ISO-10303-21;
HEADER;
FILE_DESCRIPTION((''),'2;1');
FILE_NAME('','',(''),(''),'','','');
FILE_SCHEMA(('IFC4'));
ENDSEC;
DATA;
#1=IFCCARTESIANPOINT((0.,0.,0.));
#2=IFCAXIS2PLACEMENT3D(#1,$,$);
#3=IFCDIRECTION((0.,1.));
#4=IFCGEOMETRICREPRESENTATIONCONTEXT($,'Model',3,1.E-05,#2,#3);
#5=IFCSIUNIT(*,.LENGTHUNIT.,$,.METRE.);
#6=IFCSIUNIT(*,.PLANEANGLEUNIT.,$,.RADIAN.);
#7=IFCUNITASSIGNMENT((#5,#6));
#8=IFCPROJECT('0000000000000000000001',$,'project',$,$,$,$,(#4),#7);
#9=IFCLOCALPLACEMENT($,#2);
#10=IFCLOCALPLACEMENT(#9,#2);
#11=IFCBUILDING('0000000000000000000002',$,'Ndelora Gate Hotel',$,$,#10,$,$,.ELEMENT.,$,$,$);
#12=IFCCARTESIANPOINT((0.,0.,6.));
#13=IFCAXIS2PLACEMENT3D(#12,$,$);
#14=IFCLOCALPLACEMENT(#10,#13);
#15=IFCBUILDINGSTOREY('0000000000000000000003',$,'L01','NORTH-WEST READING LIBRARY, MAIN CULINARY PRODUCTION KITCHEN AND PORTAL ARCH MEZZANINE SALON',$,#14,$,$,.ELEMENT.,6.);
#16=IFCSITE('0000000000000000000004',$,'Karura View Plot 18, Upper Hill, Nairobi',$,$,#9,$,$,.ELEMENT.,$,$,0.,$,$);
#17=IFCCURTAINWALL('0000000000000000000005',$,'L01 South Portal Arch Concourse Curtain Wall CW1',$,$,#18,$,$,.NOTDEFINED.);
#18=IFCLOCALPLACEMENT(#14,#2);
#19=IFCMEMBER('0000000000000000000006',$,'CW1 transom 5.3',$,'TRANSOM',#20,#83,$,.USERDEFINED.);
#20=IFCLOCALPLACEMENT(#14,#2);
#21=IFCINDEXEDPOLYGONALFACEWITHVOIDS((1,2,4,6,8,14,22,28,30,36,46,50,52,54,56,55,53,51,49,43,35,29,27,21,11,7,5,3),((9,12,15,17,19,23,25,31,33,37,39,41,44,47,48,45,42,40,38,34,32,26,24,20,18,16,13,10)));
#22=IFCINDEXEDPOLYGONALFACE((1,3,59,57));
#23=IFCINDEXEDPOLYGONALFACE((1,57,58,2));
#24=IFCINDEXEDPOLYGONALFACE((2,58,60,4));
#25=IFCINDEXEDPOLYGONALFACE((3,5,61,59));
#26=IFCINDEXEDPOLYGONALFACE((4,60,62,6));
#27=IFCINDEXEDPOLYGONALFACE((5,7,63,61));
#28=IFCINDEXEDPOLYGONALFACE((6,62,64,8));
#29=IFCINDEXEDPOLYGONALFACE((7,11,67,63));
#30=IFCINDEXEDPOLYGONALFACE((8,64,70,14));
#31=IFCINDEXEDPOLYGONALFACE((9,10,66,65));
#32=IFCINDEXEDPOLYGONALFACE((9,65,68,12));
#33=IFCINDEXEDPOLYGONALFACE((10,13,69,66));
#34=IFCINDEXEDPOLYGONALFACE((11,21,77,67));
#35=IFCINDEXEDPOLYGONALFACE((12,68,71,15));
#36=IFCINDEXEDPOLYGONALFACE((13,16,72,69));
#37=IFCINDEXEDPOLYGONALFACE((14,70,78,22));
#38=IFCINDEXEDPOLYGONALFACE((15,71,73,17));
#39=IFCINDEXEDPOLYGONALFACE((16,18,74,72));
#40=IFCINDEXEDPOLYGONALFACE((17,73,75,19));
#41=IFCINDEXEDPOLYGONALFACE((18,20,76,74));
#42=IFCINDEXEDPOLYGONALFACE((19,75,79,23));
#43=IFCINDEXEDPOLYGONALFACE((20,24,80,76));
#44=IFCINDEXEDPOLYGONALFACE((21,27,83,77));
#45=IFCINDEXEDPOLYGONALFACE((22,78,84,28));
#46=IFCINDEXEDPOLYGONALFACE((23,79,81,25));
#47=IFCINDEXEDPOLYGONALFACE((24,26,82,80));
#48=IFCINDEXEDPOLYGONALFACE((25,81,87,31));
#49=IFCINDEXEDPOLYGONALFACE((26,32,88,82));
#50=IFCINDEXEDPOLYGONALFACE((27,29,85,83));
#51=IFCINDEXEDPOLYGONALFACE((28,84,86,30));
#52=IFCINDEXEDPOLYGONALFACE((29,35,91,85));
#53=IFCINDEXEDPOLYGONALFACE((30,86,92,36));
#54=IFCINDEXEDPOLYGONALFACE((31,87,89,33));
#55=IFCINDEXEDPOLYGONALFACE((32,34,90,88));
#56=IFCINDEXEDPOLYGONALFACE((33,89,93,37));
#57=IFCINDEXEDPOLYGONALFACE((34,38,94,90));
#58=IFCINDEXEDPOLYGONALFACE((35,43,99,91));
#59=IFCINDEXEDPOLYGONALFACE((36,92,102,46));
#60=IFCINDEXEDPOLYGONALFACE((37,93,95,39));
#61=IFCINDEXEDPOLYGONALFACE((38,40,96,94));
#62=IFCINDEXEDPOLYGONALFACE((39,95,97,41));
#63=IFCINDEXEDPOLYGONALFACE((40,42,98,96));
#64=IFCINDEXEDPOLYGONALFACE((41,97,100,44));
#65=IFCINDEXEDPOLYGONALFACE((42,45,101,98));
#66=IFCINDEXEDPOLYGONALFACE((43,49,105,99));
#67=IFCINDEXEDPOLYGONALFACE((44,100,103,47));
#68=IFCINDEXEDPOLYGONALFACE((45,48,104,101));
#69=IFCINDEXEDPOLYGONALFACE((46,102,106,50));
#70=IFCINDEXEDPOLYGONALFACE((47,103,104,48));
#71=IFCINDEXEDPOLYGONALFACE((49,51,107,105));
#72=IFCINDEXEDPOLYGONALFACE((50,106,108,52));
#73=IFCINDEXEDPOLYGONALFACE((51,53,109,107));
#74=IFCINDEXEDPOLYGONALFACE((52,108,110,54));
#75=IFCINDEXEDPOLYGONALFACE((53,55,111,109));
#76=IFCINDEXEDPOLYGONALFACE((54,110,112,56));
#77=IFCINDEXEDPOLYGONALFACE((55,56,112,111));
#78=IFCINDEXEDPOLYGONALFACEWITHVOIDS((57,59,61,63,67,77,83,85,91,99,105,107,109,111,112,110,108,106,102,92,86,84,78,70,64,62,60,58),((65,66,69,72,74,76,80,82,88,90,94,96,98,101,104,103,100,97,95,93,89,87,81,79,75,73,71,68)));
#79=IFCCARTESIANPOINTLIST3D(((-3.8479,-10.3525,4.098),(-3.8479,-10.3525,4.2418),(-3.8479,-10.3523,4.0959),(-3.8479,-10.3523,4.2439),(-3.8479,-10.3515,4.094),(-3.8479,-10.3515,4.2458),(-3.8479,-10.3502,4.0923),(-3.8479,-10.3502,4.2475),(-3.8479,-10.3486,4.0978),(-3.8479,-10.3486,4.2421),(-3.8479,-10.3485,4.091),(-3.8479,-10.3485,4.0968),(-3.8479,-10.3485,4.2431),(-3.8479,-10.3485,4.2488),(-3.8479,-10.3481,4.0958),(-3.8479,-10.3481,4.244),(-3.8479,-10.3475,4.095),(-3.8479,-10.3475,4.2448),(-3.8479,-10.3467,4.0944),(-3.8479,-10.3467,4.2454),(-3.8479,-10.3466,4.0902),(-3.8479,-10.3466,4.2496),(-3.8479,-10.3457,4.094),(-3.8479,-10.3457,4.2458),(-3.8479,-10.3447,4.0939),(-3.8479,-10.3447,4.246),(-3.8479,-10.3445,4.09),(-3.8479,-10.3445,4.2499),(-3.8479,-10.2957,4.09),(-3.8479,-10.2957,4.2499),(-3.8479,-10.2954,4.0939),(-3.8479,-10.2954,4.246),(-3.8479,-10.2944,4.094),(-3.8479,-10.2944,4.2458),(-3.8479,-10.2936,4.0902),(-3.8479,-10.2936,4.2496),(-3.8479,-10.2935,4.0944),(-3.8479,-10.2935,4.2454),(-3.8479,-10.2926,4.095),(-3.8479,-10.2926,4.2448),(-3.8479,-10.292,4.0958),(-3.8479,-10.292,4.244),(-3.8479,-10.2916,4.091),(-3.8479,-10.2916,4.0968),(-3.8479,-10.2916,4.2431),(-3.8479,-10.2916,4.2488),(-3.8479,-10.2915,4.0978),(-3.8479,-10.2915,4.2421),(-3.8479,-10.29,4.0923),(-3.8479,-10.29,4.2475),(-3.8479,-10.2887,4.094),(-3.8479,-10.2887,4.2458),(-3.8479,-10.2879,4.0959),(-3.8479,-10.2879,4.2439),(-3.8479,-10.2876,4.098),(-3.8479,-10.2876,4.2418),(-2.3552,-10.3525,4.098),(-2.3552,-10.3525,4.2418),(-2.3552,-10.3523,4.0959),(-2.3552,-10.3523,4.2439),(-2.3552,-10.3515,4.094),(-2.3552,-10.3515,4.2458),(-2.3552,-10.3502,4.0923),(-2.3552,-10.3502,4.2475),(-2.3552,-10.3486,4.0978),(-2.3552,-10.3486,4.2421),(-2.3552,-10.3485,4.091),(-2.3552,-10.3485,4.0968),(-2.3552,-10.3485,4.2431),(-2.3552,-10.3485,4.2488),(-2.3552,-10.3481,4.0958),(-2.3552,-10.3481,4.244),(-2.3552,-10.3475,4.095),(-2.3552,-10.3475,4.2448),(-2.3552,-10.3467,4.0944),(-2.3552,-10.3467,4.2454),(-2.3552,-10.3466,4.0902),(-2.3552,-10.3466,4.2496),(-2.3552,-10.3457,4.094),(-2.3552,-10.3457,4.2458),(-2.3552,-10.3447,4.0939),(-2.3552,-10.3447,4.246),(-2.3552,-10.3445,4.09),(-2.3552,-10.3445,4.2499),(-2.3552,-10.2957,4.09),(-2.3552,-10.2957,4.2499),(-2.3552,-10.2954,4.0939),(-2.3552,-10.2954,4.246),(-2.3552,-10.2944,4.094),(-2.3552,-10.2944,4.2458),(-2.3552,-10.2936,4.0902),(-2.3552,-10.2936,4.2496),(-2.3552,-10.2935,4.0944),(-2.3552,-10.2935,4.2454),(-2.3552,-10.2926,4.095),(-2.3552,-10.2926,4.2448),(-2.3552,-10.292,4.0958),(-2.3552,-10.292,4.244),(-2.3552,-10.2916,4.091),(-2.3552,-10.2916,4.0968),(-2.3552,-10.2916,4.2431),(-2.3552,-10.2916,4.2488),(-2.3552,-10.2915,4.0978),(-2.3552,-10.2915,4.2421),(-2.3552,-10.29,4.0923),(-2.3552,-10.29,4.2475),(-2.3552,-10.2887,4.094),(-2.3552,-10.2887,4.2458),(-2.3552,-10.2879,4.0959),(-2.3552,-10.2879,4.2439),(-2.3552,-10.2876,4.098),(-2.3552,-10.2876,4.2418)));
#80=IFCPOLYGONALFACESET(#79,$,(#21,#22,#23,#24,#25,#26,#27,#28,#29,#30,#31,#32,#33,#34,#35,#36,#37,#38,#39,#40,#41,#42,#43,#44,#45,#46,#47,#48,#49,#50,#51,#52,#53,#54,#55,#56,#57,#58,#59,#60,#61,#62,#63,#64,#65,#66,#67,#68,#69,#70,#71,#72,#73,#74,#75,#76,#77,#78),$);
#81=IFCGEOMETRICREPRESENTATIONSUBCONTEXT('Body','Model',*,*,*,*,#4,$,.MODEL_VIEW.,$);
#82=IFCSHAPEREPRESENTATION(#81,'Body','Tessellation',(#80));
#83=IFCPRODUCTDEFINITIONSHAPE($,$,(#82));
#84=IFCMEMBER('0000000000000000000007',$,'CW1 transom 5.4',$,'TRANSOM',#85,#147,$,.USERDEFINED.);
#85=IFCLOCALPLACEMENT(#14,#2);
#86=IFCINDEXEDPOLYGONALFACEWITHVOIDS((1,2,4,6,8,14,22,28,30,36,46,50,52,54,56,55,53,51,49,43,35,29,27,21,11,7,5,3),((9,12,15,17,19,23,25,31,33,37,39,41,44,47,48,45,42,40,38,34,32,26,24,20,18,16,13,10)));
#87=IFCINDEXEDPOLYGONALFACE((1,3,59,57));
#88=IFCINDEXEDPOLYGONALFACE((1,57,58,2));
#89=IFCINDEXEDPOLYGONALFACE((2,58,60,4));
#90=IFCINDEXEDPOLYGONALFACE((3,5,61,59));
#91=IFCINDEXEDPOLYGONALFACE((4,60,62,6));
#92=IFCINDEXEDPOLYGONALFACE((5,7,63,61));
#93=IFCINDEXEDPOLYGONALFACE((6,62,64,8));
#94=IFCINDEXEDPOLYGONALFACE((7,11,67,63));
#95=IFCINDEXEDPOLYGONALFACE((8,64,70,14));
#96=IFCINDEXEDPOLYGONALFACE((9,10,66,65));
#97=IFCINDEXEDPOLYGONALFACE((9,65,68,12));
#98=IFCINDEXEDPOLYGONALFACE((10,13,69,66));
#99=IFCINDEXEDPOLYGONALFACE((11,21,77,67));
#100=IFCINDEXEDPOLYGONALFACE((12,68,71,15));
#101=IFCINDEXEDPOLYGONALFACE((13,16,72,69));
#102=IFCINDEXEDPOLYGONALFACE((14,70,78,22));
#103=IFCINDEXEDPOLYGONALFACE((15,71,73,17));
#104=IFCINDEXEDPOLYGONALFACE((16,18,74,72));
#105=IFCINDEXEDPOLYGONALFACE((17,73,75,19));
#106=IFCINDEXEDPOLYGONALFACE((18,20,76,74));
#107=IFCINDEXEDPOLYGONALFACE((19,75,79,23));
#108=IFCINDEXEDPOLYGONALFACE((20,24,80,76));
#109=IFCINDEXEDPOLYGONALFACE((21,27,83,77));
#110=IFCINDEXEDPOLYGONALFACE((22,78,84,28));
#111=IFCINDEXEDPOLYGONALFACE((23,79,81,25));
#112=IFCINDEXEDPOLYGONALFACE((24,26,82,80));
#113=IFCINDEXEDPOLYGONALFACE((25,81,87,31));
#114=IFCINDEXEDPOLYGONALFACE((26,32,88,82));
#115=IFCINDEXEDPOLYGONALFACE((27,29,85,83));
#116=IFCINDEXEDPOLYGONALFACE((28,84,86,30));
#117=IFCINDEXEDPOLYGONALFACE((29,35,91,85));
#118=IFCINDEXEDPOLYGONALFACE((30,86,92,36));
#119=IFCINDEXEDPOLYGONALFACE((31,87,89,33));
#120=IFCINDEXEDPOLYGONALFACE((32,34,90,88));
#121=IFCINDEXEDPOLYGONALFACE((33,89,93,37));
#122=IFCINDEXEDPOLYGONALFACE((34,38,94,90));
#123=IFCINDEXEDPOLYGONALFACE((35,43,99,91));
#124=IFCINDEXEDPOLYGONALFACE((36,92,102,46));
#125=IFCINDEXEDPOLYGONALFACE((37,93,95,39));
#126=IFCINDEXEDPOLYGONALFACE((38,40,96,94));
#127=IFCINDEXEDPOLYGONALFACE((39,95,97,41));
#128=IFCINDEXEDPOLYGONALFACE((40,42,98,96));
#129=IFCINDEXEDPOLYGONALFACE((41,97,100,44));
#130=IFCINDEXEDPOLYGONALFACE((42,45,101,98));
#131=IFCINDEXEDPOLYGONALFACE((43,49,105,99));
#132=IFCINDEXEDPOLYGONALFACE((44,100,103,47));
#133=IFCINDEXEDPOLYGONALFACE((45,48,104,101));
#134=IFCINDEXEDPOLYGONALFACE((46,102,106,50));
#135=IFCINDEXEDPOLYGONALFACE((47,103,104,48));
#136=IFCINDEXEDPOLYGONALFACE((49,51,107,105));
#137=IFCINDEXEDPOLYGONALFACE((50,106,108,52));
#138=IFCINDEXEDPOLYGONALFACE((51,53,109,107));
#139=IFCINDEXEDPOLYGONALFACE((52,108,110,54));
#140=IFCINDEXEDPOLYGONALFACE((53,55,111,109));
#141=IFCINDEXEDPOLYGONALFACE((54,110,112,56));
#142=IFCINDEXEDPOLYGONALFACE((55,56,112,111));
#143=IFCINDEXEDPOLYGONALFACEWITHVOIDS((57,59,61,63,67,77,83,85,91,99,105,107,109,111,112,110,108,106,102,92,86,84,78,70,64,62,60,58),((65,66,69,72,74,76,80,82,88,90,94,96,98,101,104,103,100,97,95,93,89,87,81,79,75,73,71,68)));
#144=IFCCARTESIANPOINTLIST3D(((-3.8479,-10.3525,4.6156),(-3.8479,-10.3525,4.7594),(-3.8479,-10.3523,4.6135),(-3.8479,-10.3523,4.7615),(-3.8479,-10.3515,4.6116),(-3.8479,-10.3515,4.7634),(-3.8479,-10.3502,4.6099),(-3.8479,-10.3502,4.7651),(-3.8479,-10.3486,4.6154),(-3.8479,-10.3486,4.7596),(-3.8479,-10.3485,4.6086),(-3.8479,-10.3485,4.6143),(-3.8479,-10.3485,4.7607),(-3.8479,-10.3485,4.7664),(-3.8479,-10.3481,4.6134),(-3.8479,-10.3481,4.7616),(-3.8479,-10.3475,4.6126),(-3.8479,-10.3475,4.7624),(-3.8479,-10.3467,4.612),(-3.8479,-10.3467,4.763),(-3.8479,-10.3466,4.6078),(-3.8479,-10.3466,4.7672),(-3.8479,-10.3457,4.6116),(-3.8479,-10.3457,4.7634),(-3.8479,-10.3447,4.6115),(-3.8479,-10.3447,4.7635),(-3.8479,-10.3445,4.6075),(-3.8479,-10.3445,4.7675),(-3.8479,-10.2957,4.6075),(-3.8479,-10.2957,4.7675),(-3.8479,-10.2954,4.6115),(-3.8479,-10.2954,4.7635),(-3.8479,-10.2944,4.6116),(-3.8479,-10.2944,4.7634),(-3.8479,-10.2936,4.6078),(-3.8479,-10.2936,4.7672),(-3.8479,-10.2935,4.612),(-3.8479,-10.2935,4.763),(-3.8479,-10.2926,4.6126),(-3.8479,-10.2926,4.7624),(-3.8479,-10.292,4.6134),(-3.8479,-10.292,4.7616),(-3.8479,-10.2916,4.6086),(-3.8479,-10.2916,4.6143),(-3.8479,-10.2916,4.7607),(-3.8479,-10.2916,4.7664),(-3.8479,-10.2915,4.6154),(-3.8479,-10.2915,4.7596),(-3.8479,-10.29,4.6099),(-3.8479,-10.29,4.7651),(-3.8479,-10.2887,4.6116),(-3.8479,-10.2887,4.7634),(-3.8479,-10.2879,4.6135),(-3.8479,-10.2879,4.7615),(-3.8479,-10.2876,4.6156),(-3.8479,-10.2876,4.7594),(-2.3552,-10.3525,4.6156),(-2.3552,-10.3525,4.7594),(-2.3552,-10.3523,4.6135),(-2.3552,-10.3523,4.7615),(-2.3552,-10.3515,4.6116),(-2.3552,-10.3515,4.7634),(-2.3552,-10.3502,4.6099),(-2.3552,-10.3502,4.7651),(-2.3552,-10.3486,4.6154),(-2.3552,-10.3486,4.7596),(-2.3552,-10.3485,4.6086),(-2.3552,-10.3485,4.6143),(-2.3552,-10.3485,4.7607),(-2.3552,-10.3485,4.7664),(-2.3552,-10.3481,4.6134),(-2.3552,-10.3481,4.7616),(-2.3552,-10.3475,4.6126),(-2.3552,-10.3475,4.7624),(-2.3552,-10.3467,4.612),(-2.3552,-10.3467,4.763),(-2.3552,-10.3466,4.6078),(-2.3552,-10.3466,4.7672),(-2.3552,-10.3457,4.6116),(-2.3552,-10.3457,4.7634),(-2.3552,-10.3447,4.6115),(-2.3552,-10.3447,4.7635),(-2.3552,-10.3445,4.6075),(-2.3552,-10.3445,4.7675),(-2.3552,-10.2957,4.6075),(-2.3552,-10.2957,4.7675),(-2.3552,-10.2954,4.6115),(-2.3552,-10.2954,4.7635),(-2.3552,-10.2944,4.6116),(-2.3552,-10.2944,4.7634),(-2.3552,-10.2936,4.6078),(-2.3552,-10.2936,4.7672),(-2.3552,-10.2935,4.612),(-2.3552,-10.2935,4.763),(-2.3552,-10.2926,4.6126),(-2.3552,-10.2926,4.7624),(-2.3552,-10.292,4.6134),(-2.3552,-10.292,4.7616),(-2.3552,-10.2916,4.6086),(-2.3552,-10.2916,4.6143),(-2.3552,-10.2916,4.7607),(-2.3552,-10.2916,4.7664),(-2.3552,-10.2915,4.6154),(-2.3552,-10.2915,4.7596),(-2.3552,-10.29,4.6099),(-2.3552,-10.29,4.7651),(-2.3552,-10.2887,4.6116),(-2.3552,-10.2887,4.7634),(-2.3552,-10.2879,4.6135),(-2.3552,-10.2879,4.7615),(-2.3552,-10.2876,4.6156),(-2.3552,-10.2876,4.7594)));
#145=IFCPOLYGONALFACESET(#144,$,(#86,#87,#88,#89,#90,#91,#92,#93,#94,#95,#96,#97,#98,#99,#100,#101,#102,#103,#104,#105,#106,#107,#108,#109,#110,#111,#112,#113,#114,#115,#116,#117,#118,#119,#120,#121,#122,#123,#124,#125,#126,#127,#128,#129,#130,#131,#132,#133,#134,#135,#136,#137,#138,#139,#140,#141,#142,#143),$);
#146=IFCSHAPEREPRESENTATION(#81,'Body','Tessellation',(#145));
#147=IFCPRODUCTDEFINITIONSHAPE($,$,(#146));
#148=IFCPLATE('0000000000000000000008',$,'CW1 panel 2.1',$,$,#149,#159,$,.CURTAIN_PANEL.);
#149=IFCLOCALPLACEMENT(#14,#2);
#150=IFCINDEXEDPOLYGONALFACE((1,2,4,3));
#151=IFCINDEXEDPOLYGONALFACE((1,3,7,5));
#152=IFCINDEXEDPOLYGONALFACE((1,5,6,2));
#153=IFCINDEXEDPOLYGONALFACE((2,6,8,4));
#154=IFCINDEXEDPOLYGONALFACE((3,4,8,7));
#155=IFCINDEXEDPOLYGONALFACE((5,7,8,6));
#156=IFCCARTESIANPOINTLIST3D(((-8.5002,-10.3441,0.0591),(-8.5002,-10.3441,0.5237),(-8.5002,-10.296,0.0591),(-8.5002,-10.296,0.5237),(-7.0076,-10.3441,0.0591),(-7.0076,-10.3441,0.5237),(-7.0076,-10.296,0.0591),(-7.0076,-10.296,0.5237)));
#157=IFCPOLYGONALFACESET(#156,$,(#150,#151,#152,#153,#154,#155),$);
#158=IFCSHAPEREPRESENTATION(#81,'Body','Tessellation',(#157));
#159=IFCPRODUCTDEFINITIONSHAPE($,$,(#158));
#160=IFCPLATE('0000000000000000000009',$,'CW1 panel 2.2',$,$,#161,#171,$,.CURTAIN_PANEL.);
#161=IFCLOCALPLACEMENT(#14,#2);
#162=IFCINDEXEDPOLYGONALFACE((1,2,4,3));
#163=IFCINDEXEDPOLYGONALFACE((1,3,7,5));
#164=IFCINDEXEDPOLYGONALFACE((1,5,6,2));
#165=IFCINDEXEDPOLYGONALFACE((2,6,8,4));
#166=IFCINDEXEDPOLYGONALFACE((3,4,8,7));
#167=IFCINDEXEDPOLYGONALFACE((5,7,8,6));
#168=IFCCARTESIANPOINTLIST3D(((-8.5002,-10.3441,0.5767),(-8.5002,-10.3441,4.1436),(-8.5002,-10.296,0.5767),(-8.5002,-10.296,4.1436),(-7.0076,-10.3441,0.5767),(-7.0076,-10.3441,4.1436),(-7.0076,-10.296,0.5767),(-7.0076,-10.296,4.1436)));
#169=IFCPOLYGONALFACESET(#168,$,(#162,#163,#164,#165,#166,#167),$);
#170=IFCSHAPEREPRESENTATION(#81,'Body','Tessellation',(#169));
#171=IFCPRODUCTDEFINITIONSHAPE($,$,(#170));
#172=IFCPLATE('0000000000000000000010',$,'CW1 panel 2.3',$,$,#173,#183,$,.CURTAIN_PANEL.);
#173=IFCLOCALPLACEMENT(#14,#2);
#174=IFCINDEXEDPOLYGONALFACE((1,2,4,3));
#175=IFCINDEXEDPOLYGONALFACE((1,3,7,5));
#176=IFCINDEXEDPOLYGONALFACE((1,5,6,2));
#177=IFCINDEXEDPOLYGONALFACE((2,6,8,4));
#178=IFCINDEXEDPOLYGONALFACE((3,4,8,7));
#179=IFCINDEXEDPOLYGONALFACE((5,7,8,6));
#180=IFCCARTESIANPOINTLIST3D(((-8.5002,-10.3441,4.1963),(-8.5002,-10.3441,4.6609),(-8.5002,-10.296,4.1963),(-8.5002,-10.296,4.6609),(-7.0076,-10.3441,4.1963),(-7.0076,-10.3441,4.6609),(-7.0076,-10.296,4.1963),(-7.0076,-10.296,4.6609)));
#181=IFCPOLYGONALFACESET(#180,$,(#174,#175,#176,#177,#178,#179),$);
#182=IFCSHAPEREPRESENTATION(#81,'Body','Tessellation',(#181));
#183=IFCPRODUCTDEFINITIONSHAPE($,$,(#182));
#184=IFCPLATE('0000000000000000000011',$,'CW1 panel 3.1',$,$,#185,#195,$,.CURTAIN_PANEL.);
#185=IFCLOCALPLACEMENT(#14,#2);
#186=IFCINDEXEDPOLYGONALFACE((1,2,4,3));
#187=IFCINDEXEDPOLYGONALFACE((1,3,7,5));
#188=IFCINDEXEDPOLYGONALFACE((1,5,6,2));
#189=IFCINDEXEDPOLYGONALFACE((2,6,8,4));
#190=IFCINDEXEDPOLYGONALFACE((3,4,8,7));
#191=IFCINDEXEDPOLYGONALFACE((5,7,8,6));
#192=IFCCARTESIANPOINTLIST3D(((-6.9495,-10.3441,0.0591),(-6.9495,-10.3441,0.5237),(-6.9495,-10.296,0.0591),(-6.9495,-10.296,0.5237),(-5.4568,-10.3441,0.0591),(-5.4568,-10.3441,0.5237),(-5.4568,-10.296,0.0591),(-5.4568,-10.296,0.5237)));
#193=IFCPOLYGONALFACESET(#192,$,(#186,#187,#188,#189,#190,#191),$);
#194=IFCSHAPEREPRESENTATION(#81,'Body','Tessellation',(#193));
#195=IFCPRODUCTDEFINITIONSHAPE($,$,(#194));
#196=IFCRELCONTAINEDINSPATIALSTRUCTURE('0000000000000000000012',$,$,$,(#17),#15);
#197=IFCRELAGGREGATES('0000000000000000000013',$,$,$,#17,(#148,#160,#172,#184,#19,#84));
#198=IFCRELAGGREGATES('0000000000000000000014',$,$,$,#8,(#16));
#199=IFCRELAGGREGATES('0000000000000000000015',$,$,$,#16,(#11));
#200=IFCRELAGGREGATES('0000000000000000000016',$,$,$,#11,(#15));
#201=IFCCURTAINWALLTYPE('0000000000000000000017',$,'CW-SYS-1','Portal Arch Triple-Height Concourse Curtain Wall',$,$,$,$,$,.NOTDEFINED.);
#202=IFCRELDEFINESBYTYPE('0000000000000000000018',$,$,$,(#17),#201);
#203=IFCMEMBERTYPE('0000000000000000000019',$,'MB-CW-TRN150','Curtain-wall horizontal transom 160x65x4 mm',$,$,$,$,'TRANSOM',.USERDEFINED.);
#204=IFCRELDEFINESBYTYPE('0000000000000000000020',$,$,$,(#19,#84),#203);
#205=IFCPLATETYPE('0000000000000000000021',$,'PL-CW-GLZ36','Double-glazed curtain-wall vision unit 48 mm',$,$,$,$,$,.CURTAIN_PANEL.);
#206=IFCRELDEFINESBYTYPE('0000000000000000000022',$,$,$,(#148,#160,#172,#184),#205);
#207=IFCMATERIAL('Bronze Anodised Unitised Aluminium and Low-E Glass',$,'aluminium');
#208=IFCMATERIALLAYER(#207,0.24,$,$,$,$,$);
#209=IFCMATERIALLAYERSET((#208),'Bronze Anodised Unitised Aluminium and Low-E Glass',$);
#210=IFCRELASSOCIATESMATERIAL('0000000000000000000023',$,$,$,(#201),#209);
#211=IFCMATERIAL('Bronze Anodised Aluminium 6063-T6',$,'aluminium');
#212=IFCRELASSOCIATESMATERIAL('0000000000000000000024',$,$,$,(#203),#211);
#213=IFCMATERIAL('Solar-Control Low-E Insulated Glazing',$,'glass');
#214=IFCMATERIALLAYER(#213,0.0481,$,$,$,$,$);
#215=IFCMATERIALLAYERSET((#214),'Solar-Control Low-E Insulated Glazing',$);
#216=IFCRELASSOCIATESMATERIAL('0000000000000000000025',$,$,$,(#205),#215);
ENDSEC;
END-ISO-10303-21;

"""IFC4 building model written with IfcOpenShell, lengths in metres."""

from ifc_helpers import new_model, si_unit, direction, frame, origin, origin_2d, place, context, subcontext, project, spatial, rectangle, hollow_rectangle, extrude, material, layer, layer_set, material_profile, profile_set, type_object, element, aggregate, save


model = new_model("IFC4")

# Units and contexts
model_context = context("Model", 3, precision=1e-05, world=origin(), true_north=direction((0.0, 1.0)))
body_context = subcontext(model_context, "Body", "Model", "MODEL_VIEW")
ifc_project = project(units=[si_unit("LENGTHUNIT", "METRE"), si_unit("PLANEANGLEUNIT", "RADIAN")], contexts=[model_context])

# Site, building, storey
site_placement = place(None, origin())
site = spatial("IfcSite", under=ifc_project, at=site_placement, Name="Karura View Plot 18, Upper Hill, Nairobi", CompositionType="ELEMENT", RefElevation=0.0)
building_placement = place(site_placement, origin())
building = spatial("IfcBuilding", under=site, at=building_placement, Name="Ndelora Gate Hotel", CompositionType="ELEMENT")
storey_placement = place(building_placement, frame((0.0, 0.0, 6.0)))
storey = spatial("IfcBuildingStorey", under=building, at=storey_placement, Name="L01", Description="NORTH-WEST READING LIBRARY, MAIN CULINARY PRODUCTION KITCHEN AND PORTAL ARCH MEZZANINE SALON", CompositionType="ELEMENT", Elevation=6.0)

# Curtain wall, members, plates
ifc_material_1 = material(Name="Bronze Anodised Unitised Aluminium and Low-E Glass", Category="aluminium")
ifc_layer_1 = layer(ifc_material_1, 0.24)
ifc_layer_set_1 = layer_set([ifc_layer_1], Name="Bronze Anodised Unitised Aluminium and Low-E Glass")
curtain_wall_type = type_object("IfcCurtainWallType", Name="CW-SYS-1", Description="Portal Arch Triple-Height Concourse Curtain Wall", PredefinedType="NOTDEFINED", material=ifc_layer_set_1)
curtain_wall_placement = place(storey_placement, origin())
curtain_wall = element("IfcCurtainWall", 1, at=curtain_wall_placement, inside=storey, type_object=curtain_wall_type, Name="L01 South Portal Arch Concourse Curtain Wall CW1", PredefinedType="NOTDEFINED")
ifc_material_2 = material(Name="Bronze Anodised Aluminium 6063-T6", Category="aluminium")
ifc_material_profile_1 = material_profile(ifc_material_2, hollow_rectangle(XDim=0.0649, YDim=0.1599, WallThickness=0.0039, InnerFilletRadius=0.0039, OuterFilletRadius=0.0081, at=origin_2d()), Name="ALU 160x65x4")
ifc_profile_set_1 = profile_set([ifc_material_profile_1], Name="Bronze Anodised Aluminium 6063-T6")
member_type_1 = type_object("IfcMemberType", Name="MB-CW-TRN150", Description="Curtain-wall horizontal transom 160x65x4 mm", ElementType="TRANSOM", PredefinedType="USERDEFINED", material=ifc_profile_set_1)
member_1_placement = place(storey_placement, frame((-3.8479, -10.3201, 4.1699), z_axis=(1.0, 0.0, 0.0), x_axis=(0.0, 1.0, 0.0)))
member_1 = element("IfcMember", 2, at=member_1_placement, type_object=member_type_1, Name="CW1 transom 5.3", ObjectType="TRANSOM", PredefinedType="USERDEFINED", context=body_context, shape_type="SweptSolid", body=[
    extrude(hollow_rectangle(XDim=0.0649, YDim=0.1599, WallThickness=0.0039, InnerFilletRadius=0.0039, OuterFilletRadius=0.0081, at=origin_2d()), origin(), (0.0, 0.0, 1.0), 1.4927),
])
member_2_placement = place(storey_placement, frame((-3.8479, -10.3201, 4.6875), z_axis=(1.0, 0.0, 0.0), x_axis=(0.0, 1.0, 0.0)))
member_2 = element("IfcMember", 3, at=member_2_placement, type_object=member_type_1, Name="CW1 transom 5.4", ObjectType="TRANSOM", PredefinedType="USERDEFINED", context=body_context, shape_type="SweptSolid", body=[
    extrude(hollow_rectangle(XDim=0.0649, YDim=0.1599, WallThickness=0.0039, InnerFilletRadius=0.0039, OuterFilletRadius=0.0081, at=origin_2d()), origin(), (0.0, 0.0, 1.0), 1.4927),
])
ifc_material_3 = material(Name="Solar-Control Low-E Insulated Glazing", Category="glass")
ifc_layer_2 = layer(ifc_material_3, 0.0481)
ifc_layer_set_2 = layer_set([ifc_layer_2], Name="Solar-Control Low-E Insulated Glazing")
plate_type_1 = type_object("IfcPlateType", Name="PL-CW-GLZ36", Description="Double-glazed curtain-wall vision unit 48 mm", PredefinedType="CURTAIN_PANEL", material=ifc_layer_set_2)
plate_1_placement = place(storey_placement, frame((-7.7539, -10.3201, 0.0591), z_axis=(0.0, 0.0, 1.0), x_axis=(1.0, 0.0, 0.0)))
plate_1 = element("IfcPlate", 4, at=plate_1_placement, type_object=plate_type_1, Name="CW1 panel 2.1", PredefinedType="CURTAIN_PANEL", context=body_context, shape_type="SweptSolid", body=[
    extrude(rectangle(XDim=1.4927, YDim=0.0481, at=origin_2d()), origin(), (0.0, 0.0, 1.0), 0.4646),
])
plate_2_placement = place(storey_placement, frame((-7.7539, -10.3201, 0.5767), z_axis=(0.0, 0.0, 1.0), x_axis=(1.0, 0.0, 0.0)))
plate_2 = element("IfcPlate", 5, at=plate_2_placement, type_object=plate_type_1, Name="CW1 panel 2.2", PredefinedType="CURTAIN_PANEL", context=body_context, shape_type="SweptSolid", body=[
    extrude(rectangle(XDim=1.4927, YDim=0.0481, at=origin_2d()), origin(), (0.0, 0.0, 1.0), 3.5669),
])
plate_3_placement = place(storey_placement, frame((-7.7539, -10.3201, 4.1963), z_axis=(0.0, 0.0, 1.0), x_axis=(1.0, 0.0, 0.0)))
plate_3 = element("IfcPlate", 6, at=plate_3_placement, type_object=plate_type_1, Name="CW1 panel 2.3", PredefinedType="CURTAIN_PANEL", context=body_context, shape_type="SweptSolid", body=[
    extrude(rectangle(XDim=1.4927, YDim=0.0481, at=origin_2d()), origin(), (0.0, 0.0, 1.0), 0.4646),
])
plate_4_placement = place(storey_placement, frame((-6.2031, -10.3201, 0.0591), z_axis=(0.0, 0.0, 1.0), x_axis=(1.0, 0.0, 0.0)))
plate_4 = element("IfcPlate", 7, at=plate_4_placement, type_object=plate_type_1, Name="CW1 panel 3.1", PredefinedType="CURTAIN_PANEL", context=body_context, shape_type="SweptSolid", body=[
    extrude(rectangle(XDim=1.4927, YDim=0.0481, at=origin_2d()), origin(), (0.0, 0.0, 1.0), 0.4646),
])
aggregate(curtain_wall, [plate_1, plate_2, plate_3, plate_4, member_1, member_2])

save(model, "model.ifc")
